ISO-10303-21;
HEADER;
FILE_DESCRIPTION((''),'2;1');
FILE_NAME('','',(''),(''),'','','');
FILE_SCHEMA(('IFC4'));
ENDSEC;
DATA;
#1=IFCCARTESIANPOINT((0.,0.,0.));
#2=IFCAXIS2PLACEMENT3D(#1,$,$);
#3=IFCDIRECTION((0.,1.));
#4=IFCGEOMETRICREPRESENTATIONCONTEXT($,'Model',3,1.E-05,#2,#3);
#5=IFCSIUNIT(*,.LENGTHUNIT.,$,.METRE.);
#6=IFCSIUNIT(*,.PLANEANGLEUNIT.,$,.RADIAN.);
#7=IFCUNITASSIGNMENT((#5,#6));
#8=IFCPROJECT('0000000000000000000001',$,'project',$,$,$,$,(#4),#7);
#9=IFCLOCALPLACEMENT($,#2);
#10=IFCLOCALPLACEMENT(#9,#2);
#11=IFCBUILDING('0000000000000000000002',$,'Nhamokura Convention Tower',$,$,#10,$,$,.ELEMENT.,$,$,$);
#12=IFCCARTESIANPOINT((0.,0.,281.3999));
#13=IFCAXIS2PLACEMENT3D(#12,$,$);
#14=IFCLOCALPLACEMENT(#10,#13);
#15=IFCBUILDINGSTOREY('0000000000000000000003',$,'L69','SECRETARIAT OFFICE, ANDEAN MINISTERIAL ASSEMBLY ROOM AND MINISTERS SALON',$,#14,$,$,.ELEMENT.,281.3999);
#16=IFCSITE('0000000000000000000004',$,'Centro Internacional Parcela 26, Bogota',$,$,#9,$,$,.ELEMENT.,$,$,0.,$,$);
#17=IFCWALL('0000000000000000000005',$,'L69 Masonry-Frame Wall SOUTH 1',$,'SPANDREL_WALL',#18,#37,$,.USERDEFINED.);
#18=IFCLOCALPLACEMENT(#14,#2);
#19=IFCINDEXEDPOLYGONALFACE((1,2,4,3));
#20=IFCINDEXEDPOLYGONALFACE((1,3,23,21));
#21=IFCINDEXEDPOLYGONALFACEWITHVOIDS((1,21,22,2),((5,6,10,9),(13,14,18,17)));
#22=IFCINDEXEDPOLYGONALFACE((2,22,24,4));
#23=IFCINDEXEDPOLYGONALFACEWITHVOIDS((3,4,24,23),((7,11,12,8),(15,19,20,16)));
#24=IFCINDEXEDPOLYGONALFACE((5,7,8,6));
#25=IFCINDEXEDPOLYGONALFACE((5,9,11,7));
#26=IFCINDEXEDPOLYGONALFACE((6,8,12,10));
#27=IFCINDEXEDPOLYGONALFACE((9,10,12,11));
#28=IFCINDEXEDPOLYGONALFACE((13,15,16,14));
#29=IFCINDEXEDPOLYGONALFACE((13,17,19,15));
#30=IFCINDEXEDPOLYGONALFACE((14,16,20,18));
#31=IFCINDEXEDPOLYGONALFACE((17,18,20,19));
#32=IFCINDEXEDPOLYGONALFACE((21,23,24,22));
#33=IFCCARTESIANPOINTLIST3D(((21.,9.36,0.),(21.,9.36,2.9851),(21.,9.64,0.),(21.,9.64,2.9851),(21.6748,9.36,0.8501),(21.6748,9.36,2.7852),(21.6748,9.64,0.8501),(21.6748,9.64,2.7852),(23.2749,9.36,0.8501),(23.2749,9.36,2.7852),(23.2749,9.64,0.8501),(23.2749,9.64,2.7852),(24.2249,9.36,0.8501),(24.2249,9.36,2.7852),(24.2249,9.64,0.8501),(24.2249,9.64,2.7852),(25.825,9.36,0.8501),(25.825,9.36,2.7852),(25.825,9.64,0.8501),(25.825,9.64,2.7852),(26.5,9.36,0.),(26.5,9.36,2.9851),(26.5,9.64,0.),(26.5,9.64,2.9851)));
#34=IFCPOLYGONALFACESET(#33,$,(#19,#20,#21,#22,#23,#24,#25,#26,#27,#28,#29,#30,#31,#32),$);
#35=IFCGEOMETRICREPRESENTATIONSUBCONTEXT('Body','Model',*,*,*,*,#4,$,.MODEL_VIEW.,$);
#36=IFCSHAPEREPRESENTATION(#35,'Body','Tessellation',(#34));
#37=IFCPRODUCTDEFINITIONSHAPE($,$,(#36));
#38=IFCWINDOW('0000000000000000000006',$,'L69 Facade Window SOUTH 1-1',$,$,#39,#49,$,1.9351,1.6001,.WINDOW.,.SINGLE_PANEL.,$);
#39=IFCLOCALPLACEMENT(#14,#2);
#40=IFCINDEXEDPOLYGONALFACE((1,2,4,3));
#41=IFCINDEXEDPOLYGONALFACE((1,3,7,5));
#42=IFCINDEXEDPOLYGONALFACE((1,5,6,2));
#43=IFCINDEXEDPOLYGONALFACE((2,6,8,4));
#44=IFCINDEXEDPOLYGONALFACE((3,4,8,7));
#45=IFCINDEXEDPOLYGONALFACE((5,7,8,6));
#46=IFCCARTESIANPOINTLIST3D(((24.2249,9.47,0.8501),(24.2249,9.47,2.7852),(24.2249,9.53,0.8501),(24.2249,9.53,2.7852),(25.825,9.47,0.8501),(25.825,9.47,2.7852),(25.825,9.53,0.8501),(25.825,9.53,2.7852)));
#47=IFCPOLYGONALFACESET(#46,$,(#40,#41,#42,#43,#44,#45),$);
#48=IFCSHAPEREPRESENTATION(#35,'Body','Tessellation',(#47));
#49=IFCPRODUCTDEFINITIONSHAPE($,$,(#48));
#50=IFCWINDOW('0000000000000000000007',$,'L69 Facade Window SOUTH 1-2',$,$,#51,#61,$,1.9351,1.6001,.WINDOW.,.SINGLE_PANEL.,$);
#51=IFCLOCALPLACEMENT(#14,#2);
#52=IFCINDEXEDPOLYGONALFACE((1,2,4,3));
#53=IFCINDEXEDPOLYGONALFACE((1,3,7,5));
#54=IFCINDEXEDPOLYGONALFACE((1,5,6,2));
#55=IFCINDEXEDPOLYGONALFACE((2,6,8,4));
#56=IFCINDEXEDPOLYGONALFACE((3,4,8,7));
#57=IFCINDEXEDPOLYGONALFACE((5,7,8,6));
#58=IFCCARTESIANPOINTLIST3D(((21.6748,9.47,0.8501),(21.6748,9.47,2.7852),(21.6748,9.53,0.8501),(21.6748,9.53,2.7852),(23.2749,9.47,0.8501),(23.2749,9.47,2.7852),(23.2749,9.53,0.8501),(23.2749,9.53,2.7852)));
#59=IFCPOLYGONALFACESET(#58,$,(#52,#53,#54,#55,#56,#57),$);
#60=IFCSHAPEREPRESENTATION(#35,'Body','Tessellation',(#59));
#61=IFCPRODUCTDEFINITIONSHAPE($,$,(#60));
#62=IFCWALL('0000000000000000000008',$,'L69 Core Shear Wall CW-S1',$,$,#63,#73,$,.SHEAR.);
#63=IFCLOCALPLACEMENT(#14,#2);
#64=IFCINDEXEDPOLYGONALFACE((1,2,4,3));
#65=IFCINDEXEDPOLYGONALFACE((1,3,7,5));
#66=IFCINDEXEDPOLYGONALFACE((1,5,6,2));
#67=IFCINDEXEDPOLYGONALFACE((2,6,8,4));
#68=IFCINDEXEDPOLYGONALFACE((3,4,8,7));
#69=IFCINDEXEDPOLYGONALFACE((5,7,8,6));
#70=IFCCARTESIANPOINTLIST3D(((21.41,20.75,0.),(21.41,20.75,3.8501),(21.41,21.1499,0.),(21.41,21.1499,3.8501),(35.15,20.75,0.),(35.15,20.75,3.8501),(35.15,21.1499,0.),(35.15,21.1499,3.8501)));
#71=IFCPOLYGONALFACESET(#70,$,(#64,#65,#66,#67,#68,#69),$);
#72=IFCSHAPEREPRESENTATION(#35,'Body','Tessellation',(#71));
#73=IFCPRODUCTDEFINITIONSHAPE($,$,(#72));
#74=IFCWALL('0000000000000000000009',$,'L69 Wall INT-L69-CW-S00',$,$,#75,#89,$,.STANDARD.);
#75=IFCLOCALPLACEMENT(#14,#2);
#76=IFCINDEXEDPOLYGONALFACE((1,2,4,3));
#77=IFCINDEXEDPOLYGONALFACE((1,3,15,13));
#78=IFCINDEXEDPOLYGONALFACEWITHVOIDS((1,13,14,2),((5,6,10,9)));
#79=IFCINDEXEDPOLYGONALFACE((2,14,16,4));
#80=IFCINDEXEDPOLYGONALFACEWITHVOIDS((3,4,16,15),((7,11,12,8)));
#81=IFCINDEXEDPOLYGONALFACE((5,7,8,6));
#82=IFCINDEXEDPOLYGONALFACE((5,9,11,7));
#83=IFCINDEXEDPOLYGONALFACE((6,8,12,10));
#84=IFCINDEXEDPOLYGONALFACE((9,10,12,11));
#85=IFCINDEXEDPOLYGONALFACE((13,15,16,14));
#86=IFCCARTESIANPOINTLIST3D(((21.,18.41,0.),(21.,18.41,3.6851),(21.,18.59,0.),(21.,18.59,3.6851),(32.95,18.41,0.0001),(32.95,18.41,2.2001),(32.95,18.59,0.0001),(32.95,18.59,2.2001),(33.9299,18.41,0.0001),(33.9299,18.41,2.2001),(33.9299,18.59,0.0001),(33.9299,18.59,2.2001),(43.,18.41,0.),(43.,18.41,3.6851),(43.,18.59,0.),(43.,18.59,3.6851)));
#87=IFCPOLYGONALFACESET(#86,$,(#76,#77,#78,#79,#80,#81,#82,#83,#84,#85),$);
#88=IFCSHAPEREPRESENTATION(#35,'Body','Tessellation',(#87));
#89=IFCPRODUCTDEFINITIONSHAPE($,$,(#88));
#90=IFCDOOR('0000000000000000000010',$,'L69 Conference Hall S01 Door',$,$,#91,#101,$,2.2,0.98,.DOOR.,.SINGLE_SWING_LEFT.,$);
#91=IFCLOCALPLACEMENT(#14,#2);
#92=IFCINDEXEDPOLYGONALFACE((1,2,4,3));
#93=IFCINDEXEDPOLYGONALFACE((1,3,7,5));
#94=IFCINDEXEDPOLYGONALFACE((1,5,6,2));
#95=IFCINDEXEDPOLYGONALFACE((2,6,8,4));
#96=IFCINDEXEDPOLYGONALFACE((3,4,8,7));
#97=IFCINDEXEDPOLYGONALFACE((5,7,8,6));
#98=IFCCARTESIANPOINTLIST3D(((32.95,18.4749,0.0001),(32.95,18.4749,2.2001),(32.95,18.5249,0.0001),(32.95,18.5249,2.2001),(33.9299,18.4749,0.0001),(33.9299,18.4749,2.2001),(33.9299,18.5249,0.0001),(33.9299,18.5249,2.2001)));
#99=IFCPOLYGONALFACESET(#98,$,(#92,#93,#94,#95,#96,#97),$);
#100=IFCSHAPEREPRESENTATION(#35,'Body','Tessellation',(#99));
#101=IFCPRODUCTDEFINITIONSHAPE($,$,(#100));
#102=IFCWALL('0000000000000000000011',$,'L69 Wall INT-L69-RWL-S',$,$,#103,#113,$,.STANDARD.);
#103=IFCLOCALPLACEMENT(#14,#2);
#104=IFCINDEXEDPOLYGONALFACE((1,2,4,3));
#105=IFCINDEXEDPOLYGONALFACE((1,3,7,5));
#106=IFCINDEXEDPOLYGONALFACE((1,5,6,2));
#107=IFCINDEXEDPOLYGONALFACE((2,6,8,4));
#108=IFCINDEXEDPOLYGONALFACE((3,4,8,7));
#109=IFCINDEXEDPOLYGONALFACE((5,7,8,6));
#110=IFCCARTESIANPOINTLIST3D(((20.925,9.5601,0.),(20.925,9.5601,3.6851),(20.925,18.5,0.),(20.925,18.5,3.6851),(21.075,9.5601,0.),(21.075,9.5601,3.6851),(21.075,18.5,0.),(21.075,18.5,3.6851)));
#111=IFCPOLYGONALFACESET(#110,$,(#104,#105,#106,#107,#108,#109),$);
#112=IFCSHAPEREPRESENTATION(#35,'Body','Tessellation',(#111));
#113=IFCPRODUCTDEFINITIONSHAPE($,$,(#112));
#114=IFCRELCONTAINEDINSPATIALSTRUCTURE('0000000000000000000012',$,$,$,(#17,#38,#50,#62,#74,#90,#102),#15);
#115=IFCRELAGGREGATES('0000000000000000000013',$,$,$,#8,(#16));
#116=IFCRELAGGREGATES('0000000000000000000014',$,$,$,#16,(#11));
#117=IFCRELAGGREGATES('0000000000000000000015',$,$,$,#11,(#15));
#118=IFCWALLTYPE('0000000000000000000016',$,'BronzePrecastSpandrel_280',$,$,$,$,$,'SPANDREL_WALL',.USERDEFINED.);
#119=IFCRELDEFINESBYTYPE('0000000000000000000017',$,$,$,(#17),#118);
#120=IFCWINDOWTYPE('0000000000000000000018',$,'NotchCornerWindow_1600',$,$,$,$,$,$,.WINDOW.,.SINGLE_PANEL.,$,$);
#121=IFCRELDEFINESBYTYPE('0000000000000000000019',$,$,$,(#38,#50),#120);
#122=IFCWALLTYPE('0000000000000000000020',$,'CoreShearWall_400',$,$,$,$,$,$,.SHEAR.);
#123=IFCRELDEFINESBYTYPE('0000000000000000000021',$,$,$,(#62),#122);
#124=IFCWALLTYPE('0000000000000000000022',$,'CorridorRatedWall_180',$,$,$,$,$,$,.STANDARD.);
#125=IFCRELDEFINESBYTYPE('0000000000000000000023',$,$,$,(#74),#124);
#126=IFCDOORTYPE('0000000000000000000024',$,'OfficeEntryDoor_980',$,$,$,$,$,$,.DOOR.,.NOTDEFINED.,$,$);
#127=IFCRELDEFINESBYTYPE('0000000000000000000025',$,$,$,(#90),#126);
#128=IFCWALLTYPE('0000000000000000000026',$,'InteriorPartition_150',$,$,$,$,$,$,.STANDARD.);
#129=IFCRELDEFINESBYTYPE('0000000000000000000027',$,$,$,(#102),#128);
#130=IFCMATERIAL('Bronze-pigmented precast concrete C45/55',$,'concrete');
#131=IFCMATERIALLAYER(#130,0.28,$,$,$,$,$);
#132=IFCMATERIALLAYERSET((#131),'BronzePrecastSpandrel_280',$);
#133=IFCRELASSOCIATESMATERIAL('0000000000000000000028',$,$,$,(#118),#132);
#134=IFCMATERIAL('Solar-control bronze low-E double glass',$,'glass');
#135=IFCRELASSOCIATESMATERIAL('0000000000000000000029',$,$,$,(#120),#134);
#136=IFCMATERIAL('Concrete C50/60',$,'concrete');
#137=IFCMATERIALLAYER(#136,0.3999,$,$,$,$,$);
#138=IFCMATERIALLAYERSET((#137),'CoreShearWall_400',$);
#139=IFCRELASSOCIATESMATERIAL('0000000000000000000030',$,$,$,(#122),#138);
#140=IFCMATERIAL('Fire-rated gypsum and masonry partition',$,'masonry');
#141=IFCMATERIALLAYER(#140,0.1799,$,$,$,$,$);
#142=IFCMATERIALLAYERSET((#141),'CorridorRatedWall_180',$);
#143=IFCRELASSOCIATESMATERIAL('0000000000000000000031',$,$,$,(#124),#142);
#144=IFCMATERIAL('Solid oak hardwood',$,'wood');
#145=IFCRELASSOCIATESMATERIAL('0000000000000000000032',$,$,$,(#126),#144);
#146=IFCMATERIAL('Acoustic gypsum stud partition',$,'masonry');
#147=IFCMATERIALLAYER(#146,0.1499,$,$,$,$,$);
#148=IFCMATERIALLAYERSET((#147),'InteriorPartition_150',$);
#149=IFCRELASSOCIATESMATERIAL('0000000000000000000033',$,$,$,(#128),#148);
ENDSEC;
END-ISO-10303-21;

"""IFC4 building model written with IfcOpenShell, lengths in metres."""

from ifc_helpers import new_model, si_unit, direction, frame, frame_2d, origin, place, context, subcontext, project, spatial, rectangle, extrude, material, layer, layer_set, type_object, element, fill, save


model = new_model("IFC4")

# Units and contexts
model_context = context("Model", 3, precision=1e-05, world=origin(), true_north=direction((0.0, 1.0)))
body_context = subcontext(model_context, "Body", "Model", "MODEL_VIEW")
ifc_project = project(units=[si_unit("LENGTHUNIT", "METRE"), si_unit("PLANEANGLEUNIT", "RADIAN")], contexts=[model_context])

# Site, building, storey
site_placement = place(None, origin())
site = spatial("IfcSite", under=ifc_project, at=site_placement, Name="Centro Internacional Parcela 26, Bogota", CompositionType="ELEMENT", RefElevation=0.0)
building_placement = place(site_placement, origin())
building = spatial("IfcBuilding", under=site, at=building_placement, Name="Nhamokura Convention Tower", CompositionType="ELEMENT")
storey_placement = place(building_placement, frame((0.0, 0.0, 281.3999)))
storey = spatial("IfcBuildingStorey", under=building, at=storey_placement, Name="L69", Description="SECRETARIAT OFFICE, ANDEAN MINISTERIAL ASSEMBLY ROOM AND MINISTERS SALON", CompositionType="ELEMENT", Elevation=281.3999)

# Shared definitions
ifc_material_1 = material(Name="Bronze-pigmented precast concrete C45/55", Category="concrete")
ifc_layer_1 = layer(ifc_material_1, 0.28)
ifc_layer_set_1 = layer_set([ifc_layer_1], Name="BronzePrecastSpandrel_280")
wall_type_1 = type_object("IfcWallType", Name="BronzePrecastSpandrel_280", ElementType="SPANDREL_WALL", PredefinedType="USERDEFINED", material=ifc_layer_set_1)

# Wall, openings, windows
wall_1_placement = place(storey_placement, frame((26.5, 9.5, 0.0), z_axis=(0.0, 0.0, 1.0), x_axis=(-1.0, 0.0, 0.0)))
wall_1 = element("IfcWall", 1, at=wall_1_placement, inside=storey, type_object=wall_type_1, Name="L69 Masonry-Frame Wall SOUTH 1", ObjectType="SPANDREL_WALL", PredefinedType="USERDEFINED", context=body_context, shape_type="SweptSolid", body=[
    extrude(rectangle(XDim=5.5, YDim=0.28, at=frame_2d((2.75, 0.0))), origin(), (0.0, 0.0, 1.0), 2.9851),
])
opening_1_placement = place(wall_1_placement, frame((0.675, 0.0, 0.8501)))
opening_1 = element("IfcOpeningElement", 2, at=opening_1_placement, cuts=wall_1, PredefinedType="OPENING", context=body_context, shape_type="SweptSolid", body=[
    extrude(rectangle(XDim=1.6001, YDim=1.9351, at=frame_2d((0.8, 0.9675))), frame((0.0, 0.1499, 0.0), z_axis=(0.0, -1.0, 0.0), x_axis=(1.0, 0.0, 0.0)), (0.0, 0.0, 1.0), 0.3),
])
opening_2_placement = place(wall_1_placement, frame((3.2251, 0.0, 0.8501)))
opening_2 = element("IfcOpeningElement", 3, at=opening_2_placement, cuts=wall_1, PredefinedType="OPENING", context=body_context, shape_type="SweptSolid", body=[
    extrude(rectangle(XDim=1.6001, YDim=1.9351, at=frame_2d((0.8, 0.9675))), frame((0.0, 0.1499, 0.0), z_axis=(0.0, -1.0, 0.0), x_axis=(1.0, 0.0, 0.0)), (0.0, 0.0, 1.0), 0.3),
])
ifc_material_2 = material(Name="Solar-control bronze low-E double glass", Category="glass")
window_type = type_object("IfcWindowType", Name="NotchCornerWindow_1600", PartitioningType="SINGLE_PANEL", PredefinedType="WINDOW", material=ifc_material_2)
window_1_placement = place(opening_1_placement, origin())
window_1 = element("IfcWindow", 4, at=window_1_placement, inside=storey, type_object=window_type, Name="L69 Facade Window SOUTH 1-1", OverallHeight=1.9351, OverallWidth=1.6001, PartitioningType="SINGLE_PANEL", PredefinedType="WINDOW", context=body_context, shape_type="SweptSolid", body=[
    extrude(rectangle(XDim=1.6001, YDim=1.9351, at=frame_2d((0.8, 0.9675))), frame((0.0, 0.03, 0.0), z_axis=(0.0, -1.0, 0.0), x_axis=(1.0, 0.0, 0.0)), (0.0, 0.0, 1.0), 0.0601),
])
fill(opening_1, window_1)
window_2_placement = place(opening_2_placement, origin())
window_2 = element("IfcWindow", 5, at=window_2_placement, inside=storey, type_object=window_type, Name="L69 Facade Window SOUTH 1-2", OverallHeight=1.9351, OverallWidth=1.6001, PartitioningType="SINGLE_PANEL", PredefinedType="WINDOW", context=body_context, shape_type="SweptSolid", body=[
    extrude(rectangle(XDim=1.6001, YDim=1.9351, at=frame_2d((0.8, 0.9675))), frame((0.0, 0.03, 0.0), z_axis=(0.0, -1.0, 0.0), x_axis=(1.0, 0.0, 0.0)), (0.0, 0.0, 1.0), 0.0601),
])
fill(opening_2, window_2)

# Shared definitions
ifc_material_3 = material(Name="Concrete C50/60", Category="concrete")
ifc_layer_2 = layer(ifc_material_3, 0.3999)
ifc_layer_set_2 = layer_set([ifc_layer_2], Name="CoreShearWall_400")
wall_type_2 = type_object("IfcWallType", Name="CoreShearWall_400", PredefinedType="SHEAR", material=ifc_layer_set_2)

# Wall
wall_2_placement = place(storey_placement, frame((21.4099, 20.95, 0.0), z_axis=(0.0, 0.0, 1.0), x_axis=(1.0, 0.0, 0.0)))
element("IfcWall", 6, at=wall_2_placement, inside=storey, type_object=wall_type_2, Name="L69 Core Shear Wall CW-S1", PredefinedType="SHEAR", context=body_context, shape_type="SweptSolid", body=[
    extrude(rectangle(XDim=13.74, YDim=0.3999, at=frame_2d((6.8701, 0.0))), origin(), (0.0, 0.0, 1.0), 3.8501),
])

# Wall, opening, door
ifc_material_4 = material(Name="Fire-rated gypsum and masonry partition", Category="masonry")
ifc_layer_3 = layer(ifc_material_4, 0.1799)
ifc_layer_set_3 = layer_set([ifc_layer_3], Name="CorridorRatedWall_180")
wall_type_3 = type_object("IfcWallType", Name="CorridorRatedWall_180", PredefinedType="STANDARD", material=ifc_layer_set_3)
wall_3_placement = place(storey_placement, frame((21.0, 18.5, 0.0), z_axis=(0.0, 0.0, 1.0), x_axis=(1.0, 0.0, 0.0)))
wall_3 = element("IfcWall", 7, at=wall_3_placement, inside=storey, type_object=wall_type_3, Name="L69 Wall INT-L69-CW-S00", PredefinedType="STANDARD", context=body_context, shape_type="SweptSolid", body=[
    extrude(rectangle(XDim=22.0, YDim=0.1799, at=frame_2d((11.0, 0.0))), origin(), (0.0, 0.0, 1.0), 3.6851),
])
opening_3_placement = place(wall_3_placement, frame((11.95, 0.0, 0.0)))
opening_3 = element("IfcOpeningElement", 8, at=opening_3_placement, cuts=wall_3, PredefinedType="OPENING", context=body_context, shape_type="SweptSolid", body=[
    extrude(rectangle(XDim=0.98, YDim=2.2, at=frame_2d((0.49, 1.1001))), frame((0.0, 0.0999, 0.0), z_axis=(0.0, -1.0, 0.0), x_axis=(1.0, 0.0, 0.0)), (0.0, 0.0, 1.0), 0.2),
])
ifc_material_5 = material(Name="Solid oak hardwood", Category="wood")
door_type_1 = type_object("IfcDoorType", Name="OfficeEntryDoor_980", OperationType="NOTDEFINED", PredefinedType="DOOR", material=ifc_material_5)
door_1_placement = place(opening_3_placement, origin())
door_1 = element("IfcDoor", 9, at=door_1_placement, inside=storey, type_object=door_type_1, Name="L69 Conference Hall S01 Door", OperationType="SINGLE_SWING_LEFT", OverallHeight=2.2, OverallWidth=0.98, PredefinedType="DOOR", context=body_context, shape_type="SweptSolid", body=[
    extrude(rectangle(XDim=0.98, YDim=2.2, at=frame_2d((0.49, 1.1001))), frame((0.0, 0.0249, 0.0), z_axis=(0.0, -1.0, 0.0), x_axis=(1.0, 0.0, 0.0)), (0.0, 0.0, 1.0), 0.05),
])
fill(opening_3, door_1)

# Wall
ifc_material_6 = material(Name="Acoustic gypsum stud partition", Category="masonry")
ifc_layer_4 = layer(ifc_material_6, 0.1499)
ifc_layer_set_4 = layer_set([ifc_layer_4], Name="InteriorPartition_150")
wall_type_4 = type_object("IfcWallType", Name="InteriorPartition_150", PredefinedType="STANDARD", material=ifc_layer_set_4)
wall_4_placement = place(storey_placement, frame((21.0, 9.5601, 0.0), z_axis=(0.0, 0.0, 1.0), x_axis=(0.0, 1.0, 0.0)))
element("IfcWall", 10, at=wall_4_placement, inside=storey, type_object=wall_type_4, Name="L69 Wall INT-L69-RWL-S", PredefinedType="STANDARD", context=body_context, shape_type="SweptSolid", body=[
    extrude(rectangle(XDim=8.9399, YDim=0.1499, at=frame_2d((4.47, 0.0))), origin(), (0.0, 0.0, 1.0), 3.6851),
])

save(model, "model.ifc")
